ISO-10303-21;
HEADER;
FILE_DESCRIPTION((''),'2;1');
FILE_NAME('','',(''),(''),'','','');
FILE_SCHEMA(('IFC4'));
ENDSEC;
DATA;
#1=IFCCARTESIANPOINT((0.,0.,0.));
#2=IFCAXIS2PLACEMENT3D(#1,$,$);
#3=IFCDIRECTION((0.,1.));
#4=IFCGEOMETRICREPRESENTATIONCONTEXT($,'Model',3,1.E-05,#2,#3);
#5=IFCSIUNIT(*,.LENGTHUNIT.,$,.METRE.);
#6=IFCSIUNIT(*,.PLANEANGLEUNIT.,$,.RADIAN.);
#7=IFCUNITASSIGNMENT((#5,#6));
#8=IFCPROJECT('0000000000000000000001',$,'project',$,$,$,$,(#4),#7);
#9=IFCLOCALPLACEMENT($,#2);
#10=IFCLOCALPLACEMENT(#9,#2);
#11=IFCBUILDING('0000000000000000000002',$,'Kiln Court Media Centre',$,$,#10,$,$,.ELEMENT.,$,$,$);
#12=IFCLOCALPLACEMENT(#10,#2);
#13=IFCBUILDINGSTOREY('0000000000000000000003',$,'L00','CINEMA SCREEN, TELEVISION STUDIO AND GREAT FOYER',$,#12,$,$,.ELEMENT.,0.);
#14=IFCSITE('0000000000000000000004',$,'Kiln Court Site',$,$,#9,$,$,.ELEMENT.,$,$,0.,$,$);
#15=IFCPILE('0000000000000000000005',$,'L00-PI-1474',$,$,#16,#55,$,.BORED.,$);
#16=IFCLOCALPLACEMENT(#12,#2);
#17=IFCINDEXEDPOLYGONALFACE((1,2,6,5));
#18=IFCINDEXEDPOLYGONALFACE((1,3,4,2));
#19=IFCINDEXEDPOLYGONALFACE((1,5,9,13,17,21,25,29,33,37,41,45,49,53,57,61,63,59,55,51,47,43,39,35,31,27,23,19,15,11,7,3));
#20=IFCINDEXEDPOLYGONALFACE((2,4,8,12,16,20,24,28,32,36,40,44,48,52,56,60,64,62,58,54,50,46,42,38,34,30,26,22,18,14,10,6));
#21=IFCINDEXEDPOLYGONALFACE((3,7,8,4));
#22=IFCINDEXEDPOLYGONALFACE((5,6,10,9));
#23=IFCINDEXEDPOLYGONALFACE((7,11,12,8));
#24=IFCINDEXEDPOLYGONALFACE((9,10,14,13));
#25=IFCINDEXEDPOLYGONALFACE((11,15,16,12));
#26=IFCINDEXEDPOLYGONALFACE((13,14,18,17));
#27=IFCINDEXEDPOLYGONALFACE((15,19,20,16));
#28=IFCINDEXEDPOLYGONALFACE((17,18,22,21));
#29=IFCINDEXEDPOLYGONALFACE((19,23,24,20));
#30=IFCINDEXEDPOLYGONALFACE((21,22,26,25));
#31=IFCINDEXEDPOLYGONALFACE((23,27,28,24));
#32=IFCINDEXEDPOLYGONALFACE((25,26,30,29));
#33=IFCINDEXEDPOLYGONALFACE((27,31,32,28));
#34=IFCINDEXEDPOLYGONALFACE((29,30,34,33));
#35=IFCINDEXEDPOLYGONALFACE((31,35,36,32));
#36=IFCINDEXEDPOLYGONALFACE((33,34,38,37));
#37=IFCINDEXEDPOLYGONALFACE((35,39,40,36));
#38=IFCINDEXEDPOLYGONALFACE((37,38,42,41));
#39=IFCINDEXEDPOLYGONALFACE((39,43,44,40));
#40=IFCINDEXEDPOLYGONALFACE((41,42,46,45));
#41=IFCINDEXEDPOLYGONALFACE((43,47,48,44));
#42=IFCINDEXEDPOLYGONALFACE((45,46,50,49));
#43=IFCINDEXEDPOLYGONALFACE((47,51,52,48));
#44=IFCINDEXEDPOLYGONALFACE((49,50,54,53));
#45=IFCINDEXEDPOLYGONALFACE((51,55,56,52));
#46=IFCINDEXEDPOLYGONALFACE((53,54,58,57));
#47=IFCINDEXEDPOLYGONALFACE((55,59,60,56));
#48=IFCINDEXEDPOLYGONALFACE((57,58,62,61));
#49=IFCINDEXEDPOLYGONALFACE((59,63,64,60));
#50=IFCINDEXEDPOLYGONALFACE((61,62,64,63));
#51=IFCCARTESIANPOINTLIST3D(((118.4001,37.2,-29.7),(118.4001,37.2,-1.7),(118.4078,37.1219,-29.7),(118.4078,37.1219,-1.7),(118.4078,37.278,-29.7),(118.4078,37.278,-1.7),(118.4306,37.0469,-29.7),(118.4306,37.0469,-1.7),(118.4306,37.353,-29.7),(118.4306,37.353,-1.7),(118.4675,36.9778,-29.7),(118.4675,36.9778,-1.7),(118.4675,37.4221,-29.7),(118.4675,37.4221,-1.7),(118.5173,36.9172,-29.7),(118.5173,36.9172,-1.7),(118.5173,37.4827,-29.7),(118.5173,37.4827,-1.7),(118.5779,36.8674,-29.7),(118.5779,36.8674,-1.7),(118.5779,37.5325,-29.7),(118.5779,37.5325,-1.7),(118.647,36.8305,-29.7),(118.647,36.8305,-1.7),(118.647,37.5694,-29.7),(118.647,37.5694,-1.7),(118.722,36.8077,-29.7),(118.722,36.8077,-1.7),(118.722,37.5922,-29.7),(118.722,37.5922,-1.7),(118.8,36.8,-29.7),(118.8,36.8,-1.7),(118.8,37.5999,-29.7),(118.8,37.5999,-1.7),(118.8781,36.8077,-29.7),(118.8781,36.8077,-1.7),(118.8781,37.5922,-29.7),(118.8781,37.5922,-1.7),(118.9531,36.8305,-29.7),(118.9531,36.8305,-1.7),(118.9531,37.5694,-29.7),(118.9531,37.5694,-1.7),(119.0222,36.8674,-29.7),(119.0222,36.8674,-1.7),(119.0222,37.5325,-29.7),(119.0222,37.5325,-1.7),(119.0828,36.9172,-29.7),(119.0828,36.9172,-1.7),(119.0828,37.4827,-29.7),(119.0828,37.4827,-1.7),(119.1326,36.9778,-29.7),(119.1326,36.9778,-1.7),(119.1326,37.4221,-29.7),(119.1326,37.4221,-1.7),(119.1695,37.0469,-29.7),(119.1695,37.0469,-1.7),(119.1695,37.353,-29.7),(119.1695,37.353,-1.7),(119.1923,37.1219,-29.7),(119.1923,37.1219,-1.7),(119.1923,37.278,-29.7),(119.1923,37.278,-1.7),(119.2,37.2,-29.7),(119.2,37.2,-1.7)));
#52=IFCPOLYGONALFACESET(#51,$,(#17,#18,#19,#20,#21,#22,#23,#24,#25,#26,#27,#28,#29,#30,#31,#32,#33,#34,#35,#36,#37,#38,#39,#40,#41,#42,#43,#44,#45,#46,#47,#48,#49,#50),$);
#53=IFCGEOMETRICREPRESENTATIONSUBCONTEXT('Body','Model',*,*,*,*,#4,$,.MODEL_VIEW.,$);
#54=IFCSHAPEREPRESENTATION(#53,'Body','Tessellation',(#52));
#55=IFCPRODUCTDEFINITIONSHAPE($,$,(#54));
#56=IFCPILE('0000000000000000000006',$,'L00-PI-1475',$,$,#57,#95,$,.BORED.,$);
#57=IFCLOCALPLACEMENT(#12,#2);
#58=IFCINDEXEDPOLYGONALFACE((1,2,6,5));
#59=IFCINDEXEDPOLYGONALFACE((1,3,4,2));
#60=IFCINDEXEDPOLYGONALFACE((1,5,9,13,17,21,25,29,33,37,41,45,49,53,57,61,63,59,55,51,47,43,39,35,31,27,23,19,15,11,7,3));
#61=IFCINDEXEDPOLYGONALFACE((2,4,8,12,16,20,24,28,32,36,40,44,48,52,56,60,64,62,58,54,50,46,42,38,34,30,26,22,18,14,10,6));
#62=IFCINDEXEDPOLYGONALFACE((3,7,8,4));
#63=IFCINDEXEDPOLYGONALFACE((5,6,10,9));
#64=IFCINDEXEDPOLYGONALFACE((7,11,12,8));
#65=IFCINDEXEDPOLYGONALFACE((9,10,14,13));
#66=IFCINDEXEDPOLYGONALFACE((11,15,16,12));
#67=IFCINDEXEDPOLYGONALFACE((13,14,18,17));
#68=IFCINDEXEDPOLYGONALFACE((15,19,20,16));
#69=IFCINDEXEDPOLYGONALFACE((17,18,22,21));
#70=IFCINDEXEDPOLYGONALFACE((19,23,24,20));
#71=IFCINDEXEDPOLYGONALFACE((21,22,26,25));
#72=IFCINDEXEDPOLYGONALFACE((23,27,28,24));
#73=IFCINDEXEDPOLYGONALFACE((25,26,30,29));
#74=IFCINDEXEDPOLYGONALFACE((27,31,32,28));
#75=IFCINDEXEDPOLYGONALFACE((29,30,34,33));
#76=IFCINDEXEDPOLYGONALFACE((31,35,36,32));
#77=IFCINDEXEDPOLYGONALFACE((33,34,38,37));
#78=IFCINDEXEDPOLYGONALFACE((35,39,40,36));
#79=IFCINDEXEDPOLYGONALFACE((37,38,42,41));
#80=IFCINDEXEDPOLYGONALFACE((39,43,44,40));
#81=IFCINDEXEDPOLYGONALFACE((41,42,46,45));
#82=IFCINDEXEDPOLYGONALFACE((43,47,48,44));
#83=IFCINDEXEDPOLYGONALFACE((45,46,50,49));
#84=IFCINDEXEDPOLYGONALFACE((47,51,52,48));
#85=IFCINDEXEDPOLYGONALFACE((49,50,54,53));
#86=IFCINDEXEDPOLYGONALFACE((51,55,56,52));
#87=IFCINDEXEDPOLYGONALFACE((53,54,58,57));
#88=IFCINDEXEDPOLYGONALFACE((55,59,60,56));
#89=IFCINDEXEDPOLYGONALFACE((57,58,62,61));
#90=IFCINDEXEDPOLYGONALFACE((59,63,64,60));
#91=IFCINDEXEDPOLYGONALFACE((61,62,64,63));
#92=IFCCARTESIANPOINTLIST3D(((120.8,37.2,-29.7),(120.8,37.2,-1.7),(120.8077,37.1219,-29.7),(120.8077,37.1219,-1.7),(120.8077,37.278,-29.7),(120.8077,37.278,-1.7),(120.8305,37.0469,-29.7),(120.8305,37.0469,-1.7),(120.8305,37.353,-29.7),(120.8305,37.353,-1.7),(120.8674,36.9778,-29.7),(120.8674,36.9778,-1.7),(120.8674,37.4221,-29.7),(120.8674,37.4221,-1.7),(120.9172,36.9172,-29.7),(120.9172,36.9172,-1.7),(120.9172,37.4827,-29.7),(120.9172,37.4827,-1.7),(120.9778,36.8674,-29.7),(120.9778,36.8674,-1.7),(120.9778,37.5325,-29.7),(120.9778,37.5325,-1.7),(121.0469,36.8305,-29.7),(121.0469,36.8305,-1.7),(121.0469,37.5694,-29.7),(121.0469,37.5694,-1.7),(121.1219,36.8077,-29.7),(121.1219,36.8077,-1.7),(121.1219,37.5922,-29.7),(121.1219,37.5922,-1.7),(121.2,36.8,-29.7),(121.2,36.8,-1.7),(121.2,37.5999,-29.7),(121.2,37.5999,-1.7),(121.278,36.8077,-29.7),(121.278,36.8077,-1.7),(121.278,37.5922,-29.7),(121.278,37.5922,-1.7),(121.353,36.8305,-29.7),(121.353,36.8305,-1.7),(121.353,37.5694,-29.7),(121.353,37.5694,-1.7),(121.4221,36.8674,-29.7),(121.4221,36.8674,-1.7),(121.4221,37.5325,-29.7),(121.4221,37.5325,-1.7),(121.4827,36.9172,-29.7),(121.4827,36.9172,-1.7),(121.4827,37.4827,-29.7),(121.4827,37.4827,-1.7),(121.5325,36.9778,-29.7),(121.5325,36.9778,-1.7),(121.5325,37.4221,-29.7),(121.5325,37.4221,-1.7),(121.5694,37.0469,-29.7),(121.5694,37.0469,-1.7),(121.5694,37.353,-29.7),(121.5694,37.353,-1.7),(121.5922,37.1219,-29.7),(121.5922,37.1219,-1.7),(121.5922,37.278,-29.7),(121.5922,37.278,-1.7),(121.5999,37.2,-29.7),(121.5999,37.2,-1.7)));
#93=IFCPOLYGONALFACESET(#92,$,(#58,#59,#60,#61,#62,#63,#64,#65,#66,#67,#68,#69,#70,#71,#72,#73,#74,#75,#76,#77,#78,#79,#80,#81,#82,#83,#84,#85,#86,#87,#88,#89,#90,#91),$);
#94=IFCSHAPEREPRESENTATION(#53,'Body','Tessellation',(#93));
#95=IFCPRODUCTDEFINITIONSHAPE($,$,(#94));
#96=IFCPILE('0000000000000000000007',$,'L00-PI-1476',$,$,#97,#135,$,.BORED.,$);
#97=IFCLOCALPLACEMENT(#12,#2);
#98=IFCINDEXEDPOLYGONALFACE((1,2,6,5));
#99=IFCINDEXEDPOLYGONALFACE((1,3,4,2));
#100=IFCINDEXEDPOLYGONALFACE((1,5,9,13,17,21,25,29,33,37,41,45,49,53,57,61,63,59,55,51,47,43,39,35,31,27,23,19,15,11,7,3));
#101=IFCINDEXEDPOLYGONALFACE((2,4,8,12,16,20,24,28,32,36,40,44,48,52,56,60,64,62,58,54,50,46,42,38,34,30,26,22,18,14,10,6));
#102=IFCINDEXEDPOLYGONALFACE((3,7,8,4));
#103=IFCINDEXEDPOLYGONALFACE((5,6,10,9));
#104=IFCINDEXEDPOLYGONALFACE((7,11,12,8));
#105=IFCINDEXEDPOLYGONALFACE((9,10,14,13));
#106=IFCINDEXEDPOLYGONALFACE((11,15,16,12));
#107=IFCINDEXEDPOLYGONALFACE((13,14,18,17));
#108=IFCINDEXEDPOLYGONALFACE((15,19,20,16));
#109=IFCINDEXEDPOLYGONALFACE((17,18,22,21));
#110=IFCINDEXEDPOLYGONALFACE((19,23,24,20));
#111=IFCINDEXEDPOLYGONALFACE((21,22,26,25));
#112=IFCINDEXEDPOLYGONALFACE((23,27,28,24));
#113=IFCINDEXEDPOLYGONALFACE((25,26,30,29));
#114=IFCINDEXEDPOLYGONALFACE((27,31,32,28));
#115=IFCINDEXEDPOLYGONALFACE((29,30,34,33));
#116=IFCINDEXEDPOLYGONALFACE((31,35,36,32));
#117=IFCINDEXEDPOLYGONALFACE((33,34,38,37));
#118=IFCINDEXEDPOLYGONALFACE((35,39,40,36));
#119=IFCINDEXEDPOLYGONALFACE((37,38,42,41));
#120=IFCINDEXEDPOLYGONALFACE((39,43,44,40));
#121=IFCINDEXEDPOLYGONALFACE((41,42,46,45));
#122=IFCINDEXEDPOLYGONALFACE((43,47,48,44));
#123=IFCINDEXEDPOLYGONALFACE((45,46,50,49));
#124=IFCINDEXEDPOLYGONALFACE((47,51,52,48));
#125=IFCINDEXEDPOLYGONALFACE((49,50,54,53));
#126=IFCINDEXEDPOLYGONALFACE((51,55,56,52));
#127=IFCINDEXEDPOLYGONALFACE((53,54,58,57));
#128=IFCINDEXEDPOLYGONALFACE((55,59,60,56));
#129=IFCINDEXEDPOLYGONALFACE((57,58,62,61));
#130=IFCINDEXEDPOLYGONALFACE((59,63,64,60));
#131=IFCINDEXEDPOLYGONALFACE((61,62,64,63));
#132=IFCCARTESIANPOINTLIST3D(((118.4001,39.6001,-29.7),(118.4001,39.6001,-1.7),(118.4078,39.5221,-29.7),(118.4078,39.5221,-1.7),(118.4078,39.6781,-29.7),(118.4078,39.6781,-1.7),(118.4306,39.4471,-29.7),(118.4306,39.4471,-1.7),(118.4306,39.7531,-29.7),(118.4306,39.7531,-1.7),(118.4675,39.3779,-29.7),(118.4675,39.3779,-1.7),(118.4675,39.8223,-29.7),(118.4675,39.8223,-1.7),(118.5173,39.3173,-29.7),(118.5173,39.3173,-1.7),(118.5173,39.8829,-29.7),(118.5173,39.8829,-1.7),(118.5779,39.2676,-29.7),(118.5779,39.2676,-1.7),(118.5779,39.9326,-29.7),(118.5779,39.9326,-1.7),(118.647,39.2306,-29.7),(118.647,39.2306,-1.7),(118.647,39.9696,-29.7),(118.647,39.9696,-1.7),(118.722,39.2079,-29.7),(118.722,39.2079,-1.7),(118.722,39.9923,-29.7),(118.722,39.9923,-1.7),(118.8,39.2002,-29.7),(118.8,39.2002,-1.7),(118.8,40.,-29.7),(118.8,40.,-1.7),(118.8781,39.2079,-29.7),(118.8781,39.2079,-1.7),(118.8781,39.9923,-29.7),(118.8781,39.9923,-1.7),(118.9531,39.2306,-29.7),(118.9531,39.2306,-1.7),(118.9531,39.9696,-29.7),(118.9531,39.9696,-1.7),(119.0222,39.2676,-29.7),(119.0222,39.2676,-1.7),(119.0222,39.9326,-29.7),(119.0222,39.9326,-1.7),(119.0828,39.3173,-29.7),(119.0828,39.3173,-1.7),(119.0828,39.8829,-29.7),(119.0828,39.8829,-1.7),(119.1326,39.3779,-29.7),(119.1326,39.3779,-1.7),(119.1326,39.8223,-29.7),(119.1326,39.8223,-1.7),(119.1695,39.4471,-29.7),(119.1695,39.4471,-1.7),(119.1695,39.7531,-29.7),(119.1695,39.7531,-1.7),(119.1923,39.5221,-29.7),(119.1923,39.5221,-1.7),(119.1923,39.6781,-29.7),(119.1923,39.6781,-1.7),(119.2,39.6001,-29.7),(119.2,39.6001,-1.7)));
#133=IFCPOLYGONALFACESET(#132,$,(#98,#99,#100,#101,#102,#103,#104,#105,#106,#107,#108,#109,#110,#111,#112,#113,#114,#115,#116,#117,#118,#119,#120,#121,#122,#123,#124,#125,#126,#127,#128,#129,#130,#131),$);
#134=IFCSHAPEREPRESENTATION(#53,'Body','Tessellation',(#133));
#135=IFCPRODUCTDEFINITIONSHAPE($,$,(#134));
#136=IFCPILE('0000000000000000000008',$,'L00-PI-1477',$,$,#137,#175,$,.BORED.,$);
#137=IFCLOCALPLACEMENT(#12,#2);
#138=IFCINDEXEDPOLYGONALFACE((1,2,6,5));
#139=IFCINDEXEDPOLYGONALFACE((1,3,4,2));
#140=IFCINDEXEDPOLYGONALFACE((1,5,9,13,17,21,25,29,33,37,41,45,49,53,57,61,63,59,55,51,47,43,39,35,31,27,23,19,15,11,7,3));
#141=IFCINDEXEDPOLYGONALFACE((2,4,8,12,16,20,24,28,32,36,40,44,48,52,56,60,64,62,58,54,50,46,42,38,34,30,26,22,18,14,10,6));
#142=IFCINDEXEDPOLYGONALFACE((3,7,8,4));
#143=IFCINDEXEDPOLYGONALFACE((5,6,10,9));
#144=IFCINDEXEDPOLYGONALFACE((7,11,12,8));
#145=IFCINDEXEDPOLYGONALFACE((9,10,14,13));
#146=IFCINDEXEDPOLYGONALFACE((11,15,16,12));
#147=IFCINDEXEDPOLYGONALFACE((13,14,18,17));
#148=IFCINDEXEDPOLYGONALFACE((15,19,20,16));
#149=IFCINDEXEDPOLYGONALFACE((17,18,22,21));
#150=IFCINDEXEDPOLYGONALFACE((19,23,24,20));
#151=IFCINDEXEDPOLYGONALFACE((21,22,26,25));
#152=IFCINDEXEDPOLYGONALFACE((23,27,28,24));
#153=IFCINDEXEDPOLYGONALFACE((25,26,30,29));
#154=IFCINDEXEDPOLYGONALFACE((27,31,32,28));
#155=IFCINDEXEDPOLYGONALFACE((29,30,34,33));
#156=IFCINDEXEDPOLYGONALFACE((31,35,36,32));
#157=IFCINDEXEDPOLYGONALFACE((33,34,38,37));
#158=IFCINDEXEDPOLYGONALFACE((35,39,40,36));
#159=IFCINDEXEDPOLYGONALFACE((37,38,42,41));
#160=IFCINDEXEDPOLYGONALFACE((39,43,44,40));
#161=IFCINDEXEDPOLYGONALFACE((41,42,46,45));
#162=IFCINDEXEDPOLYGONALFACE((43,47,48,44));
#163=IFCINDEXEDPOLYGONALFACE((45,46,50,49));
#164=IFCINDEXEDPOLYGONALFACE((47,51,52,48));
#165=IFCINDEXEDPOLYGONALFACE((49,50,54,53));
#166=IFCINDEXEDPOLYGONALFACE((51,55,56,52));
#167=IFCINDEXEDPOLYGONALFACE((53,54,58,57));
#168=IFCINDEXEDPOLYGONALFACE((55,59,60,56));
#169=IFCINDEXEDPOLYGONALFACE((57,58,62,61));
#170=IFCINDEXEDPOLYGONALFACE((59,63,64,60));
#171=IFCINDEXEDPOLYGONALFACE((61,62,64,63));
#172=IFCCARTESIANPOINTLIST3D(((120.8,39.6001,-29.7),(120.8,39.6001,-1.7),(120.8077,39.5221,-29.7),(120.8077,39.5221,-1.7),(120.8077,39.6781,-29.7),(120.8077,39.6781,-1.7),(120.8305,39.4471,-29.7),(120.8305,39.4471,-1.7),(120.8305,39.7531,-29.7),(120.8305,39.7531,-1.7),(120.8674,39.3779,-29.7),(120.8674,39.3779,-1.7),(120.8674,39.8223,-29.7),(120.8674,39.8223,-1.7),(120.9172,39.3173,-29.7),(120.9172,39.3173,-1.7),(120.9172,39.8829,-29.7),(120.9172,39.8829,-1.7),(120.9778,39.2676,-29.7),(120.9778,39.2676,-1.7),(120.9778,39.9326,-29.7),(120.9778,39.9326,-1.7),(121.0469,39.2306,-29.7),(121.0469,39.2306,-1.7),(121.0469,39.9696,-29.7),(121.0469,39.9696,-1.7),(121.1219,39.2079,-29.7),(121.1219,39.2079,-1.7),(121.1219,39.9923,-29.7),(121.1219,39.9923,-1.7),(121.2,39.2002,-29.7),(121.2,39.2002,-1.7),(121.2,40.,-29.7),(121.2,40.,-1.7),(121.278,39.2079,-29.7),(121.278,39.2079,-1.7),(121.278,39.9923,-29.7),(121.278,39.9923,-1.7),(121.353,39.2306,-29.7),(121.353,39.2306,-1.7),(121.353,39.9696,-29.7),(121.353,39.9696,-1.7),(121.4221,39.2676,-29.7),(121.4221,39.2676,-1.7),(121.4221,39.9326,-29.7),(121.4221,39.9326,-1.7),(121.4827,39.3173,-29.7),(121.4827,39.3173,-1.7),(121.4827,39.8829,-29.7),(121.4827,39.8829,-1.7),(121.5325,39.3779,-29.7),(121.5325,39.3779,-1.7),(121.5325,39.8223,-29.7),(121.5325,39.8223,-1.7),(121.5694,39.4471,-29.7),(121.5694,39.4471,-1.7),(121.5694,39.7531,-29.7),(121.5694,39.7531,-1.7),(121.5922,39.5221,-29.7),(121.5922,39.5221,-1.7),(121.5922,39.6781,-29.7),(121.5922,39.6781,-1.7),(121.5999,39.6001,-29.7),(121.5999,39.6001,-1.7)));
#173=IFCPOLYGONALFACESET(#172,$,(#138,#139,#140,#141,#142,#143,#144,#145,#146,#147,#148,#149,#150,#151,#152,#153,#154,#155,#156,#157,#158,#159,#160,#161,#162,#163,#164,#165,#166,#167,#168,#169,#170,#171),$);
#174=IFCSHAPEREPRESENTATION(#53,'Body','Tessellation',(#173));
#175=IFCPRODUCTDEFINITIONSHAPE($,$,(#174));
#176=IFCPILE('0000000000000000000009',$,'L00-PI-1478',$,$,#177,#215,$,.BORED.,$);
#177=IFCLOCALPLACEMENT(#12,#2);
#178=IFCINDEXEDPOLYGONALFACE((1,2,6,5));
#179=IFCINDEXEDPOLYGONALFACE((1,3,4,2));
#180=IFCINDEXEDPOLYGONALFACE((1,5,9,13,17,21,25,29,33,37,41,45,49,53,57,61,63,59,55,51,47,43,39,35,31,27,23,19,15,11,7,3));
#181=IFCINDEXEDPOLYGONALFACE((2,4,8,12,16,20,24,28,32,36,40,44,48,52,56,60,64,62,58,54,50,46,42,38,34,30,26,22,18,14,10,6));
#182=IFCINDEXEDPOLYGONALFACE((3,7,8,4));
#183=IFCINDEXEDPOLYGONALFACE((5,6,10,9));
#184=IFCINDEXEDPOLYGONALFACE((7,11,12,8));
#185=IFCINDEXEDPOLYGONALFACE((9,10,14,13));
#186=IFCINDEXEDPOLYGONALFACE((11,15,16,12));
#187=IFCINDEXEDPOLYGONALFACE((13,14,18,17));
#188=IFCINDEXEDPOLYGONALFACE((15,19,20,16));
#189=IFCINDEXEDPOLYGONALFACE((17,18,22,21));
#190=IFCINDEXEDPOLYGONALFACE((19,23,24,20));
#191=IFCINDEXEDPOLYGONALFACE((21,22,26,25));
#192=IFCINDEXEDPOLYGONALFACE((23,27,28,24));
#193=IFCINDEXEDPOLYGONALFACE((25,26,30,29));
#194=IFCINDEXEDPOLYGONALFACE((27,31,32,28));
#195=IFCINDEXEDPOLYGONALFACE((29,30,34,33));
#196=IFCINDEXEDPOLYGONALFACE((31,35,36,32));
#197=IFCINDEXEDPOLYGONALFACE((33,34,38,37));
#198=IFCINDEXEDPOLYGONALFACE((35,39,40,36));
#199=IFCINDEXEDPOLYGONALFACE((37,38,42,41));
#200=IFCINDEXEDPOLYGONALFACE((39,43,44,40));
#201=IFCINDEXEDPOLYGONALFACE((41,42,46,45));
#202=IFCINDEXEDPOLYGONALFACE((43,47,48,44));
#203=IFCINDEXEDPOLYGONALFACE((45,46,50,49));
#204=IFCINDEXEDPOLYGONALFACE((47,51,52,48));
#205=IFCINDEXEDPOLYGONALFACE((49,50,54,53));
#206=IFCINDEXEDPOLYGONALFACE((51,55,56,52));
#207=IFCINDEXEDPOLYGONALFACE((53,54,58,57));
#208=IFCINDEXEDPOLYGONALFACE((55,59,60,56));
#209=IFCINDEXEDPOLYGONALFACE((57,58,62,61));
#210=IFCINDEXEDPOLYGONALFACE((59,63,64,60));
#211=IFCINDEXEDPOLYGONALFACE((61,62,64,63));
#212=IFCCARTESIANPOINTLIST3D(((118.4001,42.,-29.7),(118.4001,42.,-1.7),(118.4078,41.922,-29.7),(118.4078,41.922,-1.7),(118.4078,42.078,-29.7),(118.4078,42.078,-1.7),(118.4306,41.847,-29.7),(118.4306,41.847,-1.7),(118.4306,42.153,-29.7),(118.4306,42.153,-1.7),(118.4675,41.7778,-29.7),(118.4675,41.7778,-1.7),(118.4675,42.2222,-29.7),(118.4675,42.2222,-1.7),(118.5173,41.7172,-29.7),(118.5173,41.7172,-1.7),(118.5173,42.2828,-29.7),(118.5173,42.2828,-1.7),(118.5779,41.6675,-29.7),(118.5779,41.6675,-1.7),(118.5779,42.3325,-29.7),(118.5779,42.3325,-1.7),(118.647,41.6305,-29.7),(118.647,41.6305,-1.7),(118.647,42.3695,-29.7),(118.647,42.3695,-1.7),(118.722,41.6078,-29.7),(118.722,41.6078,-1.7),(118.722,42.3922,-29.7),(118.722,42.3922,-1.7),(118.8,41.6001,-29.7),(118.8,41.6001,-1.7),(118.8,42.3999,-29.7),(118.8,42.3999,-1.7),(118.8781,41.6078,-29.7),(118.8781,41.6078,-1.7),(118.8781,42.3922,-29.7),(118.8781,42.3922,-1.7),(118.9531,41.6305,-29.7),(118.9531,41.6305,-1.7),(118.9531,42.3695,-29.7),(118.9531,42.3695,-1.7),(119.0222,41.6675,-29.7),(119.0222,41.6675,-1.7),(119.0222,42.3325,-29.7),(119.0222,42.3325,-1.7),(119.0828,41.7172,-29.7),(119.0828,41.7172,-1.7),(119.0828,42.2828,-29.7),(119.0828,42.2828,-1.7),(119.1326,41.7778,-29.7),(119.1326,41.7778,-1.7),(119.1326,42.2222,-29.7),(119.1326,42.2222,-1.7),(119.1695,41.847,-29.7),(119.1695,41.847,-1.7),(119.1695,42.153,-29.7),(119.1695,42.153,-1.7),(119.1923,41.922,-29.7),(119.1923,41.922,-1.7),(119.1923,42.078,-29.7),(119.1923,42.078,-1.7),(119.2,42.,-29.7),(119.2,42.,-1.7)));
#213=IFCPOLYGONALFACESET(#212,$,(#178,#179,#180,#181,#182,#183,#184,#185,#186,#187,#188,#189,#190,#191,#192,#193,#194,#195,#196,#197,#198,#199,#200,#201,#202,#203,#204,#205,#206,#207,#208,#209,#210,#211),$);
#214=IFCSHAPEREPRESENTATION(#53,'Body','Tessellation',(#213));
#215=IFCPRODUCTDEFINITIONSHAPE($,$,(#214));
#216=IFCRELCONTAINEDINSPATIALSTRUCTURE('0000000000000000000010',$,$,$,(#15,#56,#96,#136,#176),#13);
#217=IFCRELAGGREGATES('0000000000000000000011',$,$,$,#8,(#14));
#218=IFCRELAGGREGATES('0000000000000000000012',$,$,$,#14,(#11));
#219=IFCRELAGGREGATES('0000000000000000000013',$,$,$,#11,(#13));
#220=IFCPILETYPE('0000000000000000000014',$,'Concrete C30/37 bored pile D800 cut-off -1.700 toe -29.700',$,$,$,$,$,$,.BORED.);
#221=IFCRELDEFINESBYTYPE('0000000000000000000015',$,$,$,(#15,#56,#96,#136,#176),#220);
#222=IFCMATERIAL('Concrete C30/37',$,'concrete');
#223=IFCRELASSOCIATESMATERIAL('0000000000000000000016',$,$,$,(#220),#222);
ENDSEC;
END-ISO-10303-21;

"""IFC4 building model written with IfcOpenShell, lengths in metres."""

from ifc_helpers import new_model, si_unit, direction, frame, origin, origin_2d, place, context, subcontext, project, spatial, circle, extrude, material, material_profile, profile_set, type_object, element, save


model = new_model("IFC4")

# Units and contexts
model_context = context("Model", 3, precision=1e-05, world=origin(), true_north=direction((0.0, 1.0)))
body_context = subcontext(model_context, "Body", "Model", "MODEL_VIEW")
ifc_project = project(units=[si_unit("LENGTHUNIT", "METRE"), si_unit("PLANEANGLEUNIT", "RADIAN")], contexts=[model_context])

# Site, building, storey
site_placement = place(None, origin())
site = spatial("IfcSite", under=ifc_project, at=site_placement, Name="Kiln Court Site", CompositionType="ELEMENT", RefElevation=0.0)
building_placement = place(site_placement, origin())
building = spatial("IfcBuilding", under=site, at=building_placement, Name="Kiln Court Media Centre", CompositionType="ELEMENT")
storey_placement = place(building_placement, origin())
storey = spatial("IfcBuildingStorey", under=building, at=storey_placement, Name="L00", Description="CINEMA SCREEN, TELEVISION STUDIO AND GREAT FOYER", CompositionType="ELEMENT", Elevation=0.0)

# Piles
ifc_material_1 = material(Name="Concrete C30/37", Category="concrete")
ifc_material_profile_1 = material_profile(ifc_material_1, circle(Radius=0.3999, at=origin_2d()), Name="PILE D800")
ifc_profile_set_1 = profile_set([ifc_material_profile_1], Name="Concrete C30/37")
pile_type_1 = type_object("IfcPileType", Name="Concrete C30/37 bored pile D800 cut-off -1.700 toe -29.700", PredefinedType="BORED", material=ifc_profile_set_1)
for number, where, z_axis, x_axis, name in (
    (1, (118.8, 37.2, -1.7), (0.0, 0.0, -1.0), (1.0, 0.0, 0.0), "L00-PI-1474"),
    (2, (121.2, 37.2, -1.7), (0.0, 0.0, -1.0), (1.0, 0.0, 0.0), "L00-PI-1475"),
    (3, (118.8, 39.6001, -1.7), (0.0, 0.0, -1.0), (1.0, 0.0, 0.0), "L00-PI-1476"),
    (4, (121.2, 39.6001, -1.7), (0.0, 0.0, -1.0), (1.0, 0.0, 0.0), "L00-PI-1477"),
    (5, (118.8, 42.0, -1.7), (0.0, 0.0, -1.0), (1.0, 0.0, 0.0), "L00-PI-1478"),
):
    element("IfcPile", number, at=place(storey_placement, frame(where, z_axis=z_axis, x_axis=x_axis)), inside=storey, type_object=pile_type_1, Name=name, PredefinedType="BORED", context=body_context, shape_type="SweptSolid", body=[
        extrude(circle(Radius=0.3999, at=origin_2d()), origin(), (0.0, 0.0, 1.0), 28.0),
    ])

save(model, "model.ifc")
